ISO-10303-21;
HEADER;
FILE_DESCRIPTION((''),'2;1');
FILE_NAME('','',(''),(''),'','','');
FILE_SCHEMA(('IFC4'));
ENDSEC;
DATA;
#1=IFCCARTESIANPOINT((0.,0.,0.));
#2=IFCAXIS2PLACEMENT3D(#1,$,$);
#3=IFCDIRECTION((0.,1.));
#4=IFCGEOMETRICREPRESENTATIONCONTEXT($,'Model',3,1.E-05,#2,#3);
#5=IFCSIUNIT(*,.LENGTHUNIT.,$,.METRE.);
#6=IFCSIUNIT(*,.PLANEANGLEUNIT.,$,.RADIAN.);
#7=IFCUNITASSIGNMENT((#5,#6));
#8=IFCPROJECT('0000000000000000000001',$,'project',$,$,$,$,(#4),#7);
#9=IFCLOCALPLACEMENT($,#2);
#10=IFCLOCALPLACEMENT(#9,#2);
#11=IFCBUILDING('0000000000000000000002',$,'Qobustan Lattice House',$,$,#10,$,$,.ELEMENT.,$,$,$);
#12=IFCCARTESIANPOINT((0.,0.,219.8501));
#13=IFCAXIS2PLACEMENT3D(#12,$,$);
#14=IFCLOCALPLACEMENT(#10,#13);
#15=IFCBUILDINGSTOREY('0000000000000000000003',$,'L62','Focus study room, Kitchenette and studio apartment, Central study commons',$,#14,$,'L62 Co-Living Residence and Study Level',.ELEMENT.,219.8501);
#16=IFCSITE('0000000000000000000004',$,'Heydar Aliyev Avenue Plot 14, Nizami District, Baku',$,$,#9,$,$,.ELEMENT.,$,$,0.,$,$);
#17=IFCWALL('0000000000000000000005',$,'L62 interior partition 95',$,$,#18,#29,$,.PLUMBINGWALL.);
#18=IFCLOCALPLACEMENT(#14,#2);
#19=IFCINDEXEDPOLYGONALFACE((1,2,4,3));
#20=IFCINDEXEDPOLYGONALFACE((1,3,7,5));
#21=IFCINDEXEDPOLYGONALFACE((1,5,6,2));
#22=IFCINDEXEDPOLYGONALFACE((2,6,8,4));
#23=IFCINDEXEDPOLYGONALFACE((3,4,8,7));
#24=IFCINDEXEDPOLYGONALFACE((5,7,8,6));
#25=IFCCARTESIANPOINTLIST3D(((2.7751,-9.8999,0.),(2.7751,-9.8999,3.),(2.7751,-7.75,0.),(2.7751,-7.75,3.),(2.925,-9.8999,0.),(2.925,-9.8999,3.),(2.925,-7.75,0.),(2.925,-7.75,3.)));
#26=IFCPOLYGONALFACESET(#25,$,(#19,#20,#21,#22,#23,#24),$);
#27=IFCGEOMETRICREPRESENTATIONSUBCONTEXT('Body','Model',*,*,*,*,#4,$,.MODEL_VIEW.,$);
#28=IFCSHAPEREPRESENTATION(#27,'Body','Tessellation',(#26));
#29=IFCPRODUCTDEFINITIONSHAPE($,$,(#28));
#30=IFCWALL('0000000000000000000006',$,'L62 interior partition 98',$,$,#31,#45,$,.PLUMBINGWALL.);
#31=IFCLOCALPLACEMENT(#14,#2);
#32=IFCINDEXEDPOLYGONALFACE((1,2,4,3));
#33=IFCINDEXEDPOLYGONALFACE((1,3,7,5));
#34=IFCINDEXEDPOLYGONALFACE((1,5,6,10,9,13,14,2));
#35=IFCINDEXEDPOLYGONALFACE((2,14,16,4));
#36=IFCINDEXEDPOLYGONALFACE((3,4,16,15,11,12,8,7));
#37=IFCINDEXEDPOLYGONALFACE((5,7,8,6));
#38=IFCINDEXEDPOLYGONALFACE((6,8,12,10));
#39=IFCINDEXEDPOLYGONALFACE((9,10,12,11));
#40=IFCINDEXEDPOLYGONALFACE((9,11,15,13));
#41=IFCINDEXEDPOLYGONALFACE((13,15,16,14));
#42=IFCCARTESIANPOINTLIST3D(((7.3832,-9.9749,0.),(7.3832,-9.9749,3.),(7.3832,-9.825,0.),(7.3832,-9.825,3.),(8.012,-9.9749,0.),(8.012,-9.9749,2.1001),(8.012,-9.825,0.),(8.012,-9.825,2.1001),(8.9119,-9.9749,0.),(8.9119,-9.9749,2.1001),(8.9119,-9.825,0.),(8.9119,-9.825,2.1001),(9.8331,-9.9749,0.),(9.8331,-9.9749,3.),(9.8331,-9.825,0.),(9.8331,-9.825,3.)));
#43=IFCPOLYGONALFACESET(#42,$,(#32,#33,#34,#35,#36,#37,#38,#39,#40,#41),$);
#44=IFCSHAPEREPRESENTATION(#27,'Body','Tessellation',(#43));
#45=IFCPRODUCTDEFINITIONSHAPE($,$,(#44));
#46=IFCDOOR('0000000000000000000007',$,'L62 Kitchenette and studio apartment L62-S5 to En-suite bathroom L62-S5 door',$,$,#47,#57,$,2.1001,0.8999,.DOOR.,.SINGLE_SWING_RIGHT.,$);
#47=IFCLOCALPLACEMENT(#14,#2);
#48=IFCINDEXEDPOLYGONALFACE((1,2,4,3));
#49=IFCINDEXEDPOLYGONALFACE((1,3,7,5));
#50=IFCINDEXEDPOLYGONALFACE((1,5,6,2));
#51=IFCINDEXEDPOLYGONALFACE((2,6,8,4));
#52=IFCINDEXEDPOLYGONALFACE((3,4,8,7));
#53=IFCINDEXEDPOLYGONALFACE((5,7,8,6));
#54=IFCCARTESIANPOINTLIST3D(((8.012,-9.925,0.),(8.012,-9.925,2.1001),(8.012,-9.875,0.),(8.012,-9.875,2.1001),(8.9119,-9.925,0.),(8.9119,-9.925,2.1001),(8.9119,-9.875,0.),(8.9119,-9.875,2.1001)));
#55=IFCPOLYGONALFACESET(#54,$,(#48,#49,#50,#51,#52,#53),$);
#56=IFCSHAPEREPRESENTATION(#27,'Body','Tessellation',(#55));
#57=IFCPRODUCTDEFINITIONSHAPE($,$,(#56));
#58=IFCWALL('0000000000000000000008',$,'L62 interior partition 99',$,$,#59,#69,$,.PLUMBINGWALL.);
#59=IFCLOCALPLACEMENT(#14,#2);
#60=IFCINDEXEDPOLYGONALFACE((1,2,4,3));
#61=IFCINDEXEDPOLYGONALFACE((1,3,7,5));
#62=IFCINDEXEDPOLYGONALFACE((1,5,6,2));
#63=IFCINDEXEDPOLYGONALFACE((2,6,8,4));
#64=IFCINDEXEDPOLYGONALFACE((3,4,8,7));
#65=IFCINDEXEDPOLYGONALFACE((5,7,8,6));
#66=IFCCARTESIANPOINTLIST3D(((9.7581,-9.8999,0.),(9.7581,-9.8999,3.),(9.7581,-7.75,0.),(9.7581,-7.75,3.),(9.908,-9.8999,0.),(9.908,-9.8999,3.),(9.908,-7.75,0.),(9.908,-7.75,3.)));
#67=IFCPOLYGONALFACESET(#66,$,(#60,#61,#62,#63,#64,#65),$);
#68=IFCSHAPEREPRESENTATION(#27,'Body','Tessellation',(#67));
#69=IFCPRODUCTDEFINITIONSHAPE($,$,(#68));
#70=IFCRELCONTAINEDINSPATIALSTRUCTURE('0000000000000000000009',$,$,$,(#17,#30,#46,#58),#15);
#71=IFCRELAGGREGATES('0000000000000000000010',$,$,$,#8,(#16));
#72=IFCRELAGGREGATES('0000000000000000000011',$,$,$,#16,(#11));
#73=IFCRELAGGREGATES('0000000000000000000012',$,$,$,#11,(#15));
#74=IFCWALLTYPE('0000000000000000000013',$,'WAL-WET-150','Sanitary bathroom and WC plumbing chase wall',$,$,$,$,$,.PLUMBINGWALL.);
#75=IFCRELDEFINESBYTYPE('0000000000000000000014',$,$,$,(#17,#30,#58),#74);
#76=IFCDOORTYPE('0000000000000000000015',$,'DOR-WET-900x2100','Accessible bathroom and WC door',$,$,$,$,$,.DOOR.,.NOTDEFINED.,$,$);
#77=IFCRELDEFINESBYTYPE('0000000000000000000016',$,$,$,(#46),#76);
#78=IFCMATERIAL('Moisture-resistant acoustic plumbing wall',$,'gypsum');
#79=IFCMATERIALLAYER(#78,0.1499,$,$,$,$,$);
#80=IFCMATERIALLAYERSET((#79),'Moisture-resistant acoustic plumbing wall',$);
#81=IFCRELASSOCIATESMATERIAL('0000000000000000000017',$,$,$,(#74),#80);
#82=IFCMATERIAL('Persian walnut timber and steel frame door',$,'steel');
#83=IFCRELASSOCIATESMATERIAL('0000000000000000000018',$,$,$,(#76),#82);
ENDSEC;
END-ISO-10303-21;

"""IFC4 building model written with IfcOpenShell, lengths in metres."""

from ifc_helpers import new_model, si_unit, direction, frame, frame_2d, origin, place, context, subcontext, project, spatial, rectangle, extrude, material, layer, layer_set, type_object, element, fill, save


model = new_model("IFC4")

# Units and contexts
model_context = context("Model", 3, precision=1e-05, world=origin(), true_north=direction((0.0, 1.0)))
body_context = subcontext(model_context, "Body", "Model", "MODEL_VIEW")
ifc_project = project(units=[si_unit("LENGTHUNIT", "METRE"), si_unit("PLANEANGLEUNIT", "RADIAN")], contexts=[model_context])

# Site, building, storey
site_placement = place(None, origin())
site = spatial("IfcSite", under=ifc_project, at=site_placement, Name="Heydar Aliyev Avenue Plot 14, Nizami District, Baku", CompositionType="ELEMENT", RefElevation=0.0)
building_placement = place(site_placement, origin())
building = spatial("IfcBuilding", under=site, at=building_placement, Name="Qobustan Lattice House", CompositionType="ELEMENT")
storey_placement = place(building_placement, frame((0.0, 0.0, 219.8501)))
storey = spatial("IfcBuildingStorey", under=building, at=storey_placement, Name="L62", Description="Focus study room, Kitchenette and studio apartment, Central study commons", LongName="L62 Co-Living Residence and Study Level", CompositionType="ELEMENT", Elevation=219.8501)

# Shared definitions
ifc_material_1 = material(Name="Moisture-resistant acoustic plumbing wall", Category="gypsum")
ifc_layer_1 = layer(ifc_material_1, 0.1499)
ifc_layer_set_1 = layer_set([ifc_layer_1], Name="Moisture-resistant acoustic plumbing wall")
wall_type_1 = type_object("IfcWallType", Name="WAL-WET-150", Description="Sanitary bathroom and WC plumbing chase wall", PredefinedType="PLUMBINGWALL", material=ifc_layer_set_1)

# Shared definitions
ifc_material_2 = material(Name="Persian walnut timber and steel frame door", Category="steel")
door_type_1 = type_object("IfcDoorType", Name="DOR-WET-900x2100", Description="Accessible bathroom and WC door", OperationType="NOTDEFINED", PredefinedType="DOOR", material=ifc_material_2)

# Wall
wall_1_placement = place(storey_placement, frame((2.8501, -9.8999, 0.0), z_axis=(0.0, 0.0, 1.0), x_axis=(0.0, 1.0, 0.0)))
element("IfcWall", 1, at=wall_1_placement, inside=storey, type_object=wall_type_1, Name="L62 interior partition 95", PredefinedType="PLUMBINGWALL", context=body_context, shape_type="SweptSolid", body=[
    extrude(rectangle(XDim=2.1499, YDim=0.1499, at=frame_2d((1.075, 0.0))), origin(), (0.0, 0.0, 1.0), 3.0),
])

# Wall, opening, door
wall_2_placement = place(storey_placement, frame((7.3831, -9.8999, 0.0), z_axis=(0.0, 0.0, 1.0), x_axis=(1.0, 0.0, 0.0)))
wall_2 = element("IfcWall", 2, at=wall_2_placement, inside=storey, type_object=wall_type_1, Name="L62 interior partition 98", PredefinedType="PLUMBINGWALL", context=body_context, shape_type="SweptSolid", body=[
    extrude(rectangle(XDim=2.45, YDim=0.1499, at=frame_2d((1.2251, 0.0))), origin(), (0.0, 0.0, 1.0), 3.0),
])
opening_1_placement = place(wall_2_placement, frame((0.6289, 0.0, 0.0)))
opening_1 = element("IfcOpeningElement", 3, at=opening_1_placement, cuts=wall_2, PredefinedType="OPENING", context=body_context, shape_type="SweptSolid", body=[
    extrude(rectangle(XDim=0.8999, YDim=2.1001, at=frame_2d((0.45, 1.05))), frame((0.0, 0.085, 0.0), z_axis=(0.0, -1.0, 0.0), x_axis=(1.0, 0.0, 0.0)), (0.0, 0.0, 1.0), 0.1699),
])
door_1_placement = place(opening_1_placement, origin())
door_1 = element("IfcDoor", 4, at=door_1_placement, inside=storey, type_object=door_type_1, Name="L62 Kitchenette and studio apartment L62-S5 to En-suite bathroom L62-S5 door", OperationType="SINGLE_SWING_RIGHT", OverallHeight=2.1001, OverallWidth=0.8999, PredefinedType="DOOR", context=body_context, shape_type="SweptSolid", body=[
    extrude(rectangle(XDim=0.8999, YDim=2.1001, at=frame_2d((0.45, 1.05))), frame((0.0, 0.0249, 0.0), z_axis=(0.0, -1.0, 0.0), x_axis=(1.0, 0.0, 0.0)), (0.0, 0.0, 1.0), 0.05),
])
fill(opening_1, door_1)

# Wall
wall_3_placement = place(storey_placement, frame((9.833, -9.8999, 0.0), z_axis=(0.0, 0.0, 1.0), x_axis=(0.0, 1.0, 0.0)))
element("IfcWall", 5, at=wall_3_placement, inside=storey, type_object=wall_type_1, Name="L62 interior partition 99", PredefinedType="PLUMBINGWALL", context=body_context, shape_type="SweptSolid", body=[
    extrude(rectangle(XDim=2.1499, YDim=0.1499, at=frame_2d((1.075, 0.0))), origin(), (0.0, 0.0, 1.0), 3.0),
])

save(model, "model.ifc")
